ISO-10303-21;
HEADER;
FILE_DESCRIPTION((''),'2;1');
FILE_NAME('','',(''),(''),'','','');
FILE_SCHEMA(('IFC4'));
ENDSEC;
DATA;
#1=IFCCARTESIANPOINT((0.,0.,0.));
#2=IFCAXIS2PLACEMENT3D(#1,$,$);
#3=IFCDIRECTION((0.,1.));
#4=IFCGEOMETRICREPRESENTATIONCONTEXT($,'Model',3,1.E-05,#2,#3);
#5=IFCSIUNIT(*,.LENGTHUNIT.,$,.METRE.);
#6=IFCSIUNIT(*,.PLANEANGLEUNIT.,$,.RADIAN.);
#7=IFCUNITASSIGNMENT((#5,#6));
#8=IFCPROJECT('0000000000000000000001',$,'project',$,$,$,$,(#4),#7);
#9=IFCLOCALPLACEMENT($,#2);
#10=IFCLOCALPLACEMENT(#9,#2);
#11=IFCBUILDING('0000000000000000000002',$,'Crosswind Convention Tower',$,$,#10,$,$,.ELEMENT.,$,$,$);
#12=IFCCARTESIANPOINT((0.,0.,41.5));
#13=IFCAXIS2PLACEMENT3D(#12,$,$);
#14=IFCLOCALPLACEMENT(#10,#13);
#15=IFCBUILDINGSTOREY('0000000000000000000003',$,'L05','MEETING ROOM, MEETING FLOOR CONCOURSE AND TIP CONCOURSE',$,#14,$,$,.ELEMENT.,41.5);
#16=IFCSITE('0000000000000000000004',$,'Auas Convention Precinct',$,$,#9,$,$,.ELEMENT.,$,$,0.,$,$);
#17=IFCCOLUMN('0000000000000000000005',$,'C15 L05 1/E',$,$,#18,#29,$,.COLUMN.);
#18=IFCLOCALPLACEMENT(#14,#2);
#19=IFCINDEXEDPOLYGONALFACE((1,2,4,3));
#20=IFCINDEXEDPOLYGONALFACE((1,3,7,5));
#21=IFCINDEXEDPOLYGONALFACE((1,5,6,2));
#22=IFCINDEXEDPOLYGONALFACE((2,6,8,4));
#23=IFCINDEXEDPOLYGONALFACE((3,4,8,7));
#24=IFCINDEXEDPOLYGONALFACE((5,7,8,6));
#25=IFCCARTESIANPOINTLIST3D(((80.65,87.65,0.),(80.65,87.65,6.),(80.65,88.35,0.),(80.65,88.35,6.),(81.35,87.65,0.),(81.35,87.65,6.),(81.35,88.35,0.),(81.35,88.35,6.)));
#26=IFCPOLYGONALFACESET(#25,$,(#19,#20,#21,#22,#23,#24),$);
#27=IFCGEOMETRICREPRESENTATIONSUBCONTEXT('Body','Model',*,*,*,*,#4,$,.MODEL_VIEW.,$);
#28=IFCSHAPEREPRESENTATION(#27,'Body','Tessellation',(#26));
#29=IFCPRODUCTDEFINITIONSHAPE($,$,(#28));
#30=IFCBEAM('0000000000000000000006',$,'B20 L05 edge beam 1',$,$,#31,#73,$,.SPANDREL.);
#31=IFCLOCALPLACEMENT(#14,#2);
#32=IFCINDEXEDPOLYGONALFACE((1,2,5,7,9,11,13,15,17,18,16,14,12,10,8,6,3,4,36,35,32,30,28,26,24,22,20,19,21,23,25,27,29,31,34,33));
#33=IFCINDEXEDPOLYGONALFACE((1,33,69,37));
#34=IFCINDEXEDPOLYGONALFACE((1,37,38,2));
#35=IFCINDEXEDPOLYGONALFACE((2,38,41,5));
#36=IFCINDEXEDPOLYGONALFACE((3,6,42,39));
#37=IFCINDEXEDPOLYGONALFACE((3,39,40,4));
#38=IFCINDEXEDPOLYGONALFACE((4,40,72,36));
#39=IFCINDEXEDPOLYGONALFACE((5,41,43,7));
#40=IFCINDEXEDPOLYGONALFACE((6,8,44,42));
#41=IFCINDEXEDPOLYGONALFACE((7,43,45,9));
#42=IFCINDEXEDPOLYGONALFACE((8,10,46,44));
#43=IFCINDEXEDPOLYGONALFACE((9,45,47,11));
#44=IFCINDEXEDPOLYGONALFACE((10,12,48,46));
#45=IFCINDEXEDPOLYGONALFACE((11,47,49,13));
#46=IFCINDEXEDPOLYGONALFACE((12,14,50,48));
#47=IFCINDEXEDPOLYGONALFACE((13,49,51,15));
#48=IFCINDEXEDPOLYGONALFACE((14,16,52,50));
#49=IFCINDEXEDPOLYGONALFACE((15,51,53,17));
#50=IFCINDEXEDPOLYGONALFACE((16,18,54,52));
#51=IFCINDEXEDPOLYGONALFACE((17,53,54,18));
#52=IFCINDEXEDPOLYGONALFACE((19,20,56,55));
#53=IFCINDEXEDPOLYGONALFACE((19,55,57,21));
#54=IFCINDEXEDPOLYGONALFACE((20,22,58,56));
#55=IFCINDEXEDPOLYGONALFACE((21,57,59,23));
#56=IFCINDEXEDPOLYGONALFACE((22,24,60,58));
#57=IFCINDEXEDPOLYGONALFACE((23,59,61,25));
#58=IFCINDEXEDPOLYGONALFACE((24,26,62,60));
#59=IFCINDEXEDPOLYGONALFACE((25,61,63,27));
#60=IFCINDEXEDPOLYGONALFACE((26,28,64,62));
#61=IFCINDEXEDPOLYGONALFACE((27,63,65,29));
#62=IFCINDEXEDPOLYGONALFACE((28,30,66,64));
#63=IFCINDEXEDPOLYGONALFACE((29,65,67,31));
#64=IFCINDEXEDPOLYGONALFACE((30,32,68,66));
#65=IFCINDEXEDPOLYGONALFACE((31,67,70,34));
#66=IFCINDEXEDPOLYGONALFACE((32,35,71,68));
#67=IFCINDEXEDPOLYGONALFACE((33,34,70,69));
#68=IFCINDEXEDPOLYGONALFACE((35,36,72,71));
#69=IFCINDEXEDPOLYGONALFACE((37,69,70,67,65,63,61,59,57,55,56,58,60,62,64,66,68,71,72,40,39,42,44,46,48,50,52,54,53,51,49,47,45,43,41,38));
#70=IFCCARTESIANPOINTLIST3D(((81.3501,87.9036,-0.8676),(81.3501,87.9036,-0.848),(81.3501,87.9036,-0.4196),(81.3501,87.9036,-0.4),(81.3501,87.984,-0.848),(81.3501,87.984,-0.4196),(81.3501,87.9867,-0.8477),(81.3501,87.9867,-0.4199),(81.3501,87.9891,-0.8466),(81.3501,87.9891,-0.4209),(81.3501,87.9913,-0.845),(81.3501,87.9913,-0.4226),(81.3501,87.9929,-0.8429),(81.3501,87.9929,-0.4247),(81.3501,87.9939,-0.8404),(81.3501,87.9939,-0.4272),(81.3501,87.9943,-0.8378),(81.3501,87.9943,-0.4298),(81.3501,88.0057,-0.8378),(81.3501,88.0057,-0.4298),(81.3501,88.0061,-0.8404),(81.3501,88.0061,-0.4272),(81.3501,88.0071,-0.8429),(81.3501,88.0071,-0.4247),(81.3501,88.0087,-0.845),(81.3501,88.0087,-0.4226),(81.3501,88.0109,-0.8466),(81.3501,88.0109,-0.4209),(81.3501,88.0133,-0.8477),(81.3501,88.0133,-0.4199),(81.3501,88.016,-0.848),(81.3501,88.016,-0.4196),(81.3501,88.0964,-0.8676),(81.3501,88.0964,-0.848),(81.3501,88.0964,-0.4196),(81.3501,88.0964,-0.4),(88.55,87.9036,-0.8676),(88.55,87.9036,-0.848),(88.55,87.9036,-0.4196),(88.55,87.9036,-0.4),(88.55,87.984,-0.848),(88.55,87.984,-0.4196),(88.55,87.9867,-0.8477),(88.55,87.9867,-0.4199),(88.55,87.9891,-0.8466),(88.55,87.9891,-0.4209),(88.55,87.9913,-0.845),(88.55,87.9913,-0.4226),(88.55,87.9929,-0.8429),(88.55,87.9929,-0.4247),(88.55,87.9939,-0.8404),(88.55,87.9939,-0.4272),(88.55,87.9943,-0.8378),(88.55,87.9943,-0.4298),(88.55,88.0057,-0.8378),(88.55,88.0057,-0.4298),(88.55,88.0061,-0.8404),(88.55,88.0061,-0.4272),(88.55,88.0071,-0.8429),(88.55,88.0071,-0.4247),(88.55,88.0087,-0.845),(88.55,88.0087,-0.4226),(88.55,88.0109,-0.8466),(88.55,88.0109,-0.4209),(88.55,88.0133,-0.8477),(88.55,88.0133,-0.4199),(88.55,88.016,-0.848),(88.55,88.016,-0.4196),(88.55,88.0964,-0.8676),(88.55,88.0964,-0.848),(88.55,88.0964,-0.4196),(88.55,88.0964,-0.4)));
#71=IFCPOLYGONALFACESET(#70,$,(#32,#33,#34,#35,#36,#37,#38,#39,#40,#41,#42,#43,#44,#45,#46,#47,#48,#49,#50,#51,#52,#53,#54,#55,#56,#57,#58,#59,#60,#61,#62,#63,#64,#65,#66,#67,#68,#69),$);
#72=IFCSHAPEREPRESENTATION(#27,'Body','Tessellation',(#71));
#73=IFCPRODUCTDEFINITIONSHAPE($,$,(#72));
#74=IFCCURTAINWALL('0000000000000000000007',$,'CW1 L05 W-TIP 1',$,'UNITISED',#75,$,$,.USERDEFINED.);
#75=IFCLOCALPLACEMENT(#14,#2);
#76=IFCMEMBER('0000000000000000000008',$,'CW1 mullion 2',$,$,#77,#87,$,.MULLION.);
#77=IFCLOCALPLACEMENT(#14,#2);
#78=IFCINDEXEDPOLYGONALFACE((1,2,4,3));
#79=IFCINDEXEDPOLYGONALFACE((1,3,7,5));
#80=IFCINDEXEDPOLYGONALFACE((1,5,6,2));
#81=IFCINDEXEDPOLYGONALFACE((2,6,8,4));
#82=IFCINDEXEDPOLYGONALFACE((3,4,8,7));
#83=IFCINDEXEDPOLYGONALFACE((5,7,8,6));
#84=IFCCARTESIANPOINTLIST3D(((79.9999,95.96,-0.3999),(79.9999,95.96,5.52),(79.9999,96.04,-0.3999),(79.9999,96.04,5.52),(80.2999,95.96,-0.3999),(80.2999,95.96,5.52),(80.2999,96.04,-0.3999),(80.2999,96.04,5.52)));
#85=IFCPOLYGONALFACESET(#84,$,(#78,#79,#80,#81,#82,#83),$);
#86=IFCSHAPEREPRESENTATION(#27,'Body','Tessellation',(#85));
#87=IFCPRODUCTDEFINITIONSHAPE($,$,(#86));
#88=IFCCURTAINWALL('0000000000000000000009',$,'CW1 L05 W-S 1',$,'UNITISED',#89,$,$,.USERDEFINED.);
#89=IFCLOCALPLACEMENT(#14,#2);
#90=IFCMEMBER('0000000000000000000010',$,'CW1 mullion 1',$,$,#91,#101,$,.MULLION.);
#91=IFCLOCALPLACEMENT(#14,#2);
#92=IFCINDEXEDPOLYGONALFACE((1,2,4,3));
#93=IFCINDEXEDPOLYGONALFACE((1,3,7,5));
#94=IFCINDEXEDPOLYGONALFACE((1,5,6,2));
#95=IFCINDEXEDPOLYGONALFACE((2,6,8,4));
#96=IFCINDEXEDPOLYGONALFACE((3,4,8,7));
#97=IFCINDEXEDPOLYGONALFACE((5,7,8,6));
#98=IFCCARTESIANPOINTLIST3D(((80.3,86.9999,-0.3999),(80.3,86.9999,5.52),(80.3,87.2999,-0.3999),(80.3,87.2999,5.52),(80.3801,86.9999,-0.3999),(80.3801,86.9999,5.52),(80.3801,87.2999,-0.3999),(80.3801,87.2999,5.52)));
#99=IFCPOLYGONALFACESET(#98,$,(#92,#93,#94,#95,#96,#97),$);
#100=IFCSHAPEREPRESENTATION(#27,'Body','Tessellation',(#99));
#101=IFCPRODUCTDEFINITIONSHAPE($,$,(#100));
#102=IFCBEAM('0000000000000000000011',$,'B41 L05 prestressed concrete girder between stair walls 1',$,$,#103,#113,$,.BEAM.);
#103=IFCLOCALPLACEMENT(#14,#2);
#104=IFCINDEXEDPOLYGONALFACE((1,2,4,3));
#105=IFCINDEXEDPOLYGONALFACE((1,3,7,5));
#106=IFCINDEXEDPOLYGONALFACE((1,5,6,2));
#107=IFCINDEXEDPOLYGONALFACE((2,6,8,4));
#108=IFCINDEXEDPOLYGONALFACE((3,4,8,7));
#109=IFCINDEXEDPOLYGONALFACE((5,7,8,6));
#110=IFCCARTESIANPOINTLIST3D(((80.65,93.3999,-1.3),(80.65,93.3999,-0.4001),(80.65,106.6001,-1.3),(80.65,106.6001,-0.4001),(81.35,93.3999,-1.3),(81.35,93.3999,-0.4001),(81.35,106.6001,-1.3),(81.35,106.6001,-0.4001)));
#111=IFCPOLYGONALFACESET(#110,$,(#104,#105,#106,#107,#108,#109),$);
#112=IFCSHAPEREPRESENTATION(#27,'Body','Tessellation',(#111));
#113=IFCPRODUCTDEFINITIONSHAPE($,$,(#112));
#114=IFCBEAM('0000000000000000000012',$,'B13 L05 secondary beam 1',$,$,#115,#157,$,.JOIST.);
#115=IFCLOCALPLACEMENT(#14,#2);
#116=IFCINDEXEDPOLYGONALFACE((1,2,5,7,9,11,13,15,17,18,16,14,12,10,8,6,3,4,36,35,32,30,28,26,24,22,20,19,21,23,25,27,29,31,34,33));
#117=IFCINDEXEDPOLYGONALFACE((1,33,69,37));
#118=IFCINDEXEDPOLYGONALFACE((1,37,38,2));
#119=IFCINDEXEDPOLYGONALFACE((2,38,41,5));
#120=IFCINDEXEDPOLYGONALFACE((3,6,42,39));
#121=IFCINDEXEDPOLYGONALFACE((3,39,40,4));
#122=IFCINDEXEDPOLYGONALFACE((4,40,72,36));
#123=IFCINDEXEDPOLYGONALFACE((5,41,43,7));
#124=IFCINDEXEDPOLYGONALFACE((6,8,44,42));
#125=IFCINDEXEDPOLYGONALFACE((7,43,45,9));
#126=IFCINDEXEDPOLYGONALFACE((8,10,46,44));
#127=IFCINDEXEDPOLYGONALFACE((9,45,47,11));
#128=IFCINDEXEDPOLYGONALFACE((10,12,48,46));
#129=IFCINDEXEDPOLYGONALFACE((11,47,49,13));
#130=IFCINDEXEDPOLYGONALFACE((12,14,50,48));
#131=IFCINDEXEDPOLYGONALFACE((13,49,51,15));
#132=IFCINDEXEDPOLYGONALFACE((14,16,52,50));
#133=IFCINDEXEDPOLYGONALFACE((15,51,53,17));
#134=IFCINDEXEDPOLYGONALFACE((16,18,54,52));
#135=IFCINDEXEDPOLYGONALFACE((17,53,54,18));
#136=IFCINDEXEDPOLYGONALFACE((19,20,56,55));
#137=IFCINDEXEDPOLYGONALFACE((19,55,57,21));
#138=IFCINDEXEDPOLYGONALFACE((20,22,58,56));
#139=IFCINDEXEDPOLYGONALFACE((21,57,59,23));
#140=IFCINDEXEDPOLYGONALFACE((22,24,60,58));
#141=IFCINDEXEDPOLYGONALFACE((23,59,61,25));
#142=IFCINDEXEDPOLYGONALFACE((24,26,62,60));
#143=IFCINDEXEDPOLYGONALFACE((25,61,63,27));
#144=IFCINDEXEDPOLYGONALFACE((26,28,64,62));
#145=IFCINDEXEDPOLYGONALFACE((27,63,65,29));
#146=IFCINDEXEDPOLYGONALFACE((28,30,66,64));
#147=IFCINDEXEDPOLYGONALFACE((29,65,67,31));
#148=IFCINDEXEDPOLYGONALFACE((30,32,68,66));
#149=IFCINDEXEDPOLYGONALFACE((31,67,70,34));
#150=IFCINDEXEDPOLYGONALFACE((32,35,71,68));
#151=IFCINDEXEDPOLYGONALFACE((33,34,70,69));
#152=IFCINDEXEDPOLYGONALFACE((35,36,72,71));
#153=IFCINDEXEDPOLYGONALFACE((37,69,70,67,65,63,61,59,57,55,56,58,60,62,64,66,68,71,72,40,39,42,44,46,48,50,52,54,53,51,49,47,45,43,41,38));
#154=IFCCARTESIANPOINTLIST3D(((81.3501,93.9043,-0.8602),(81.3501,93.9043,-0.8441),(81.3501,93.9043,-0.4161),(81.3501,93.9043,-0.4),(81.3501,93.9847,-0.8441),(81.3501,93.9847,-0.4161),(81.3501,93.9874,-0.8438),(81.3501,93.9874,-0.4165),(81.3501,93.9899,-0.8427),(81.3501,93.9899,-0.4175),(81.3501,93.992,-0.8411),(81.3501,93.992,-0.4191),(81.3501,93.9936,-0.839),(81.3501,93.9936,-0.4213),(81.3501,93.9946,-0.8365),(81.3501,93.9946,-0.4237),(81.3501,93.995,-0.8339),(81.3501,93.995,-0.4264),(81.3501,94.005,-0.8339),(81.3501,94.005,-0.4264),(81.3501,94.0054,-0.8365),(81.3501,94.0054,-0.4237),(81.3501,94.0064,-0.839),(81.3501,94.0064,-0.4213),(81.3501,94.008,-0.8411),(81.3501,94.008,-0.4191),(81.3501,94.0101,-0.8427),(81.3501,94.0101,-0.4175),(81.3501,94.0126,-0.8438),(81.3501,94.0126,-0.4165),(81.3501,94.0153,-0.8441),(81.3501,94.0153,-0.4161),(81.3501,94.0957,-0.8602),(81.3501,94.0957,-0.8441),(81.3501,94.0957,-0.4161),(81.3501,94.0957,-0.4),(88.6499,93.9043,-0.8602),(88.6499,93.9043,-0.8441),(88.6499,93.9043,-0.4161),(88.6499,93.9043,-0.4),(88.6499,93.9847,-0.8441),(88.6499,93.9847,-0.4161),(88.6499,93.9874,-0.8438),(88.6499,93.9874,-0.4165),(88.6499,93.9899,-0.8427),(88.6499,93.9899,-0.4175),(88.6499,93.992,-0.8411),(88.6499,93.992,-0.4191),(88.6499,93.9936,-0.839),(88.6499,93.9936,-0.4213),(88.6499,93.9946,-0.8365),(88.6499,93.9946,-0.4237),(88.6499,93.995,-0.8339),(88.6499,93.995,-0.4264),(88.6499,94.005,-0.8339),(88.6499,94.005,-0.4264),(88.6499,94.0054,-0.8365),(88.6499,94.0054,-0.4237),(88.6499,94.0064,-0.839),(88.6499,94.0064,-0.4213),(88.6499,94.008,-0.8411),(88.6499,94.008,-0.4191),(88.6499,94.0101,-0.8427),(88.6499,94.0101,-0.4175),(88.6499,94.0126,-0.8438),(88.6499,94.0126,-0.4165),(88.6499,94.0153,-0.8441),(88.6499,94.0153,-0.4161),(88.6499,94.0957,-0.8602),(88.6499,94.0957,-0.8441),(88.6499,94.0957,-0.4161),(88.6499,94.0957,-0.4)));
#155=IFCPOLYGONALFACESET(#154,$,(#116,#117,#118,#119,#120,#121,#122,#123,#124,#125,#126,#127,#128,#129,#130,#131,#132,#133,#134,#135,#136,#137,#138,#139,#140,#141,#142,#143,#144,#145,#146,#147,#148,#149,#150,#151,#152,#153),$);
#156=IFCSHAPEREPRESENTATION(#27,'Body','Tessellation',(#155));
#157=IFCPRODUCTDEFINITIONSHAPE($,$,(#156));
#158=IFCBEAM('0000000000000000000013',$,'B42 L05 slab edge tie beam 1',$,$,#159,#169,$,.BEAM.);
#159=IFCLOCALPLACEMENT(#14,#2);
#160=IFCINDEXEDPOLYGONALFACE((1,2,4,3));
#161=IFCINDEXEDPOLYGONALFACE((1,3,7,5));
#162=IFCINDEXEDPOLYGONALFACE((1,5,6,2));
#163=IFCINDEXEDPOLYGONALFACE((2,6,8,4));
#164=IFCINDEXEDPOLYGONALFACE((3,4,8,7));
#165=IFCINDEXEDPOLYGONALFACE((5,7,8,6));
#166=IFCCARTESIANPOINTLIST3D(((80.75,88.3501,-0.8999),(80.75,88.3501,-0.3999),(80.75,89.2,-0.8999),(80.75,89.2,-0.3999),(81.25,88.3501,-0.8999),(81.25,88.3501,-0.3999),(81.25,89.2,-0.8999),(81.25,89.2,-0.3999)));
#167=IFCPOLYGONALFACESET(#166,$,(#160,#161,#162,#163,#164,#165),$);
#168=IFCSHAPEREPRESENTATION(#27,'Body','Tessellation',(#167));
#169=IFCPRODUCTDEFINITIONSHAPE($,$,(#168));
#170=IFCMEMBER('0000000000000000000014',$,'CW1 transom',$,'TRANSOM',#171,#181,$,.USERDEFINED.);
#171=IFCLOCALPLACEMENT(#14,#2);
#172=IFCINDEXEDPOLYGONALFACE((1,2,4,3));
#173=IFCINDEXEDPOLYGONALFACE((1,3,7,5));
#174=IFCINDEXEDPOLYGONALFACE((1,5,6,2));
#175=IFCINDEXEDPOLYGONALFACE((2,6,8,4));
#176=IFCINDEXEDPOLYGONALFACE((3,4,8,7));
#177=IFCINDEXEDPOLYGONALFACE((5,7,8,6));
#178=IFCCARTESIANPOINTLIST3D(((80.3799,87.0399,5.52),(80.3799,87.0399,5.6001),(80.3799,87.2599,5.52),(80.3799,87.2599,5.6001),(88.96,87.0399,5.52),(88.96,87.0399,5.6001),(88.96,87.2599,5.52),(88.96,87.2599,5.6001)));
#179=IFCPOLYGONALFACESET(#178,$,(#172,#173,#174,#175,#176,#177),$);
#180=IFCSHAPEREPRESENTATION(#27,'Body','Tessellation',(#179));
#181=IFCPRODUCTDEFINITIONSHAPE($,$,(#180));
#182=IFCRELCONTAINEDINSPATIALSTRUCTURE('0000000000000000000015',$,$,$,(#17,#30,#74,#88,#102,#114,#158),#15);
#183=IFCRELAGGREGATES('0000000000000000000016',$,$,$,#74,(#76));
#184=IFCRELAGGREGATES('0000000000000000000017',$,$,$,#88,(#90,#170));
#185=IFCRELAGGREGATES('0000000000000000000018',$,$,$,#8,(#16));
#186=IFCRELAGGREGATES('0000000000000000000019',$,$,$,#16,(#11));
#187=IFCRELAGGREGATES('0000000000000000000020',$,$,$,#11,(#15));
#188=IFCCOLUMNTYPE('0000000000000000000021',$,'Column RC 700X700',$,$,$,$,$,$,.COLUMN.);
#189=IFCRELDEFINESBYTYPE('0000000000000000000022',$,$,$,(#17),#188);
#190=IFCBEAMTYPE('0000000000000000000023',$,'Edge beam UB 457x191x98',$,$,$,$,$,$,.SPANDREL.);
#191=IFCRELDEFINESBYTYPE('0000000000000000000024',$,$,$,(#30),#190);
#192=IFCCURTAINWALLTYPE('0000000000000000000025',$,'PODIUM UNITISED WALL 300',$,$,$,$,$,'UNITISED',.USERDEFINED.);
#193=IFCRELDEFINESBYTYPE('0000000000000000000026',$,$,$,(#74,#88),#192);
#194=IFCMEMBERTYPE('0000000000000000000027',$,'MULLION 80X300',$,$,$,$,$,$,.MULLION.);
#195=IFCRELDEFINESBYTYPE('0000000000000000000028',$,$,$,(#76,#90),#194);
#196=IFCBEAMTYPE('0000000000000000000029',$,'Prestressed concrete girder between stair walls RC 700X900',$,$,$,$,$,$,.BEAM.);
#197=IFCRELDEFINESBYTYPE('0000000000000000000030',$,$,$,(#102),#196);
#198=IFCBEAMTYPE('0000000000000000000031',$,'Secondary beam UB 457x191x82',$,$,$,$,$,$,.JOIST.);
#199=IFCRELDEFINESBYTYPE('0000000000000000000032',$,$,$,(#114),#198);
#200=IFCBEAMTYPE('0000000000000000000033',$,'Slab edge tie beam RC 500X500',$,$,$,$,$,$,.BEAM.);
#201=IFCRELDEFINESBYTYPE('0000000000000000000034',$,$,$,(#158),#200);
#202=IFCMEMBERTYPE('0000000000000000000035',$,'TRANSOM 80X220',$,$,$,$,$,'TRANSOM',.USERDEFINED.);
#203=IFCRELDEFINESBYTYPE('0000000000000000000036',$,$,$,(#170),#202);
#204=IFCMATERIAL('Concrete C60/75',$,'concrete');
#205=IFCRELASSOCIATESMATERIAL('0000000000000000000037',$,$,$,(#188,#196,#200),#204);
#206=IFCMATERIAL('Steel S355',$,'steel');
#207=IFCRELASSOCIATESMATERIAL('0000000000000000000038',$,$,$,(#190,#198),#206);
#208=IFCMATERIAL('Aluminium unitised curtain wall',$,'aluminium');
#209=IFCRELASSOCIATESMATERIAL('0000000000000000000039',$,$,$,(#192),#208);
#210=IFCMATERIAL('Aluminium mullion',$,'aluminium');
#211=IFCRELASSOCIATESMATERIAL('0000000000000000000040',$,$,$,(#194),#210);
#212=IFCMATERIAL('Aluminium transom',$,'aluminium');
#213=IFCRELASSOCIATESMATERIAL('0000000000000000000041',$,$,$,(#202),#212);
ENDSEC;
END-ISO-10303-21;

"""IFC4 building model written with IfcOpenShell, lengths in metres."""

from ifc_helpers import new_model, si_unit, direction, frame, origin, origin_2d, place, context, subcontext, project, spatial, rectangle, i_section, extrude, material, material_profile, profile_set, type_object, element, aggregate, save


model = new_model("IFC4")

# Units and contexts
model_context = context("Model", 3, precision=1e-05, world=origin(), true_north=direction((0.0, 1.0)))
body_context = subcontext(model_context, "Body", "Model", "MODEL_VIEW")
ifc_project = project(units=[si_unit("LENGTHUNIT", "METRE"), si_unit("PLANEANGLEUNIT", "RADIAN")], contexts=[model_context])

# Site, building, storey
site_placement = place(None, origin())
site = spatial("IfcSite", under=ifc_project, at=site_placement, Name="Auas Convention Precinct", CompositionType="ELEMENT", RefElevation=0.0)
building_placement = place(site_placement, origin())
building = spatial("IfcBuilding", under=site, at=building_placement, Name="Crosswind Convention Tower", CompositionType="ELEMENT")
storey_placement = place(building_placement, frame((0.0, 0.0, 41.5)))
storey = spatial("IfcBuildingStorey", under=building, at=storey_placement, Name="L05", Description="MEETING ROOM, MEETING FLOOR CONCOURSE AND TIP CONCOURSE", CompositionType="ELEMENT", Elevation=41.5)

# Column
ifc_material_1 = material(Name="Concrete C60/75", Category="concrete")
ifc_material_profile_1 = material_profile(ifc_material_1, rectangle(XDim=0.7, YDim=0.7, at=origin_2d()), Name="RC 700X700")
ifc_profile_set_1 = profile_set([ifc_material_profile_1], Name="Concrete C60/75")
column_type = type_object("IfcColumnType", Name="Column RC 700X700", PredefinedType="COLUMN", material=ifc_profile_set_1)
column_placement = place(storey_placement, frame((81.0, 88.0, 0.0), z_axis=(0.0, 0.0, 1.0), x_axis=(1.0, 0.0, 0.0)))
element("IfcColumn", 1, at=column_placement, inside=storey, type_object=column_type, Name="C15 L05 1/E", PredefinedType="COLUMN", context=body_context, shape_type="SweptSolid", body=[
    extrude(rectangle(XDim=0.7, YDim=0.7, at=origin_2d()), origin(), (0.0, 0.0, 1.0), 6.0),
])

# Beam
ifc_material_2 = material(Name="Steel S355", Category="steel")
ifc_material_profile_2 = material_profile(ifc_material_2, i_section(OverallWidth=0.1929, OverallDepth=0.4675, WebThickness=0.0115, FlangeThickness=0.0195, FilletRadius=0.0103, at=origin_2d()), Name="UB 457x191x98")
ifc_profile_set_2 = profile_set([ifc_material_profile_2], Name="Steel S355")
beam_type_1 = type_object("IfcBeamType", Name="Edge beam UB 457x191x98", PredefinedType="SPANDREL", material=ifc_profile_set_2)
beam_1_placement = place(storey_placement, frame((81.3501, 88.0, -0.6338), z_axis=(1.0, 0.0, 0.0), x_axis=(0.0, 1.0, 0.0)))
element("IfcBeam", 2, at=beam_1_placement, inside=storey, type_object=beam_type_1, Name="B20 L05 edge beam 1", PredefinedType="SPANDREL", context=body_context, shape_type="SweptSolid", body=[
    extrude(i_section(OverallWidth=0.1929, OverallDepth=0.4675, WebThickness=0.0115, FlangeThickness=0.0195, FilletRadius=0.0103, at=origin_2d()), origin(), (0.0, 0.0, 1.0), 7.2),
])

# Curtain walls, members
ifc_material_3 = material(Name="Aluminium unitised curtain wall", Category="aluminium")
curtain_wall_type = type_object("IfcCurtainWallType", Name="PODIUM UNITISED WALL 300", ElementType="UNITISED", PredefinedType="USERDEFINED", material=ifc_material_3)
curtain_wall_1_placement = place(storey_placement, origin())
curtain_wall_1 = element("IfcCurtainWall", 3, at=curtain_wall_1_placement, inside=storey, type_object=curtain_wall_type, Name="CW1 L05 W-TIP 1", ObjectType="UNITISED", PredefinedType="USERDEFINED")
ifc_material_4 = material(Name="Aluminium mullion", Category="aluminium")
ifc_material_profile_3 = material_profile(ifc_material_4, rectangle(XDim=0.3, YDim=0.0801, at=origin_2d()), Name="AL 300X80")
ifc_profile_set_3 = profile_set([ifc_material_profile_3], Name="Aluminium mullion")
member_type_1 = type_object("IfcMemberType", Name="MULLION 80X300", PredefinedType="MULLION", material=ifc_profile_set_3)
member_1_placement = place(storey_placement, frame((80.1499, 96.0, -0.3999), z_axis=(0.0, 0.0, 1.0), x_axis=(-1.0, 0.0, 0.0)))
member_1 = element("IfcMember", 4, at=member_1_placement, type_object=member_type_1, Name="CW1 mullion 2", PredefinedType="MULLION", context=body_context, shape_type="SweptSolid", body=[
    extrude(rectangle(XDim=0.3, YDim=0.0801, at=origin_2d()), origin(), (0.0, 0.0, 1.0), 5.9199),
])
curtain_wall_2_placement = place(storey_placement, origin())
curtain_wall_2 = element("IfcCurtainWall", 5, at=curtain_wall_2_placement, inside=storey, type_object=curtain_wall_type, Name="CW1 L05 W-S 1", ObjectType="UNITISED", PredefinedType="USERDEFINED")
member_2_placement = place(storey_placement, frame((80.3401, 87.1499, -0.3999), z_axis=(0.0, 0.0, 1.0), x_axis=(0.0, -1.0, 0.0)))
member_2 = element("IfcMember", 6, at=member_2_placement, type_object=member_type_1, Name="CW1 mullion 1", PredefinedType="MULLION", context=body_context, shape_type="SweptSolid", body=[
    extrude(rectangle(XDim=0.3, YDim=0.0801, at=origin_2d()), origin(), (0.0, 0.0, 1.0), 5.9199),
])

# Beams
ifc_material_profile_4 = material_profile(ifc_material_1, rectangle(XDim=0.7, YDim=0.8999, at=origin_2d()), Name="RC 700X900")
ifc_profile_set_4 = profile_set([ifc_material_profile_4], Name="Concrete C60/75")
beam_type_2 = type_object("IfcBeamType", Name="Prestressed concrete girder between stair walls RC 700X900", PredefinedType="BEAM", material=ifc_profile_set_4)
beam_2_placement = place(storey_placement, frame((81.0, 93.3999, -0.8501), z_axis=(0.0, 1.0, 0.0), x_axis=(-1.0, 0.0, 0.0)))
element("IfcBeam", 7, at=beam_2_placement, inside=storey, type_object=beam_type_2, Name="B41 L05 prestressed concrete girder between stair walls 1", PredefinedType="BEAM", context=body_context, shape_type="SweptSolid", body=[
    extrude(rectangle(XDim=0.7, YDim=0.8999, at=origin_2d()), origin(), (0.0, 0.0, 1.0), 13.2002),
])
ifc_material_profile_5 = material_profile(ifc_material_2, i_section(OverallWidth=0.1914, OverallDepth=0.4602, WebThickness=0.01, FlangeThickness=0.0161, FilletRadius=0.0103, at=origin_2d()), Name="UB 457x191x82")
ifc_profile_set_5 = profile_set([ifc_material_profile_5], Name="Steel S355")
beam_type_3 = type_object("IfcBeamType", Name="Secondary beam UB 457x191x82", PredefinedType="JOIST", material=ifc_profile_set_5)
beam_3_placement = place(storey_placement, frame((81.3501, 94.0, -0.6301), z_axis=(1.0, 0.0, 0.0), x_axis=(0.0, 1.0, 0.0)))
element("IfcBeam", 8, at=beam_3_placement, inside=storey, type_object=beam_type_3, Name="B13 L05 secondary beam 1", PredefinedType="JOIST", context=body_context, shape_type="SweptSolid", body=[
    extrude(i_section(OverallWidth=0.1914, OverallDepth=0.4602, WebThickness=0.01, FlangeThickness=0.0161, FilletRadius=0.0103, at=origin_2d()), origin(), (0.0, 0.0, 1.0), 7.2998),
])
ifc_material_profile_6 = material_profile(ifc_material_1, rectangle(XDim=0.5, YDim=0.5, at=origin_2d()), Name="RC 500X500")
ifc_profile_set_6 = profile_set([ifc_material_profile_6], Name="Concrete C60/75")
beam_type_4 = type_object("IfcBeamType", Name="Slab edge tie beam RC 500X500", PredefinedType="BEAM", material=ifc_profile_set_6)
beam_4_placement = place(storey_placement, frame((81.0, 88.3501, -0.6499), z_axis=(0.0, 1.0, 0.0), x_axis=(-1.0, 0.0, 0.0)))
element("IfcBeam", 9, at=beam_4_placement, inside=storey, type_object=beam_type_4, Name="B42 L05 slab edge tie beam 1", PredefinedType="BEAM", context=body_context, shape_type="SweptSolid", body=[
    extrude(rectangle(XDim=0.5, YDim=0.5, at=origin_2d()), origin(), (0.0, 0.0, 1.0), 0.8499),
])

# Member
ifc_material_5 = material(Name="Aluminium transom", Category="aluminium")
ifc_material_profile_7 = material_profile(ifc_material_5, rectangle(XDim=0.22, YDim=0.0801, at=origin_2d()), Name="AL 220X80")
ifc_profile_set_7 = profile_set([ifc_material_profile_7], Name="Aluminium transom")
member_type_2 = type_object("IfcMemberType", Name="TRANSOM 80X220", ElementType="TRANSOM", PredefinedType="USERDEFINED", material=ifc_profile_set_7)
member_3_placement = place(storey_placement, frame((80.3799, 87.1499, 5.5601), z_axis=(1.0, 0.0, 0.0), x_axis=(0.0, 1.0, 0.0)))
member_3 = element("IfcMember", 10, at=member_3_placement, type_object=member_type_2, Name="CW1 transom", ObjectType="TRANSOM", PredefinedType="USERDEFINED", context=body_context, shape_type="SweptSolid", body=[
    extrude(rectangle(XDim=0.22, YDim=0.0801, at=origin_2d()), origin(), (0.0, 0.0, 1.0), 8.5801),
])

aggregate(curtain_wall_1, [member_1])

aggregate(curtain_wall_2, [member_2, member_3])

save(model, "model.ifc")
